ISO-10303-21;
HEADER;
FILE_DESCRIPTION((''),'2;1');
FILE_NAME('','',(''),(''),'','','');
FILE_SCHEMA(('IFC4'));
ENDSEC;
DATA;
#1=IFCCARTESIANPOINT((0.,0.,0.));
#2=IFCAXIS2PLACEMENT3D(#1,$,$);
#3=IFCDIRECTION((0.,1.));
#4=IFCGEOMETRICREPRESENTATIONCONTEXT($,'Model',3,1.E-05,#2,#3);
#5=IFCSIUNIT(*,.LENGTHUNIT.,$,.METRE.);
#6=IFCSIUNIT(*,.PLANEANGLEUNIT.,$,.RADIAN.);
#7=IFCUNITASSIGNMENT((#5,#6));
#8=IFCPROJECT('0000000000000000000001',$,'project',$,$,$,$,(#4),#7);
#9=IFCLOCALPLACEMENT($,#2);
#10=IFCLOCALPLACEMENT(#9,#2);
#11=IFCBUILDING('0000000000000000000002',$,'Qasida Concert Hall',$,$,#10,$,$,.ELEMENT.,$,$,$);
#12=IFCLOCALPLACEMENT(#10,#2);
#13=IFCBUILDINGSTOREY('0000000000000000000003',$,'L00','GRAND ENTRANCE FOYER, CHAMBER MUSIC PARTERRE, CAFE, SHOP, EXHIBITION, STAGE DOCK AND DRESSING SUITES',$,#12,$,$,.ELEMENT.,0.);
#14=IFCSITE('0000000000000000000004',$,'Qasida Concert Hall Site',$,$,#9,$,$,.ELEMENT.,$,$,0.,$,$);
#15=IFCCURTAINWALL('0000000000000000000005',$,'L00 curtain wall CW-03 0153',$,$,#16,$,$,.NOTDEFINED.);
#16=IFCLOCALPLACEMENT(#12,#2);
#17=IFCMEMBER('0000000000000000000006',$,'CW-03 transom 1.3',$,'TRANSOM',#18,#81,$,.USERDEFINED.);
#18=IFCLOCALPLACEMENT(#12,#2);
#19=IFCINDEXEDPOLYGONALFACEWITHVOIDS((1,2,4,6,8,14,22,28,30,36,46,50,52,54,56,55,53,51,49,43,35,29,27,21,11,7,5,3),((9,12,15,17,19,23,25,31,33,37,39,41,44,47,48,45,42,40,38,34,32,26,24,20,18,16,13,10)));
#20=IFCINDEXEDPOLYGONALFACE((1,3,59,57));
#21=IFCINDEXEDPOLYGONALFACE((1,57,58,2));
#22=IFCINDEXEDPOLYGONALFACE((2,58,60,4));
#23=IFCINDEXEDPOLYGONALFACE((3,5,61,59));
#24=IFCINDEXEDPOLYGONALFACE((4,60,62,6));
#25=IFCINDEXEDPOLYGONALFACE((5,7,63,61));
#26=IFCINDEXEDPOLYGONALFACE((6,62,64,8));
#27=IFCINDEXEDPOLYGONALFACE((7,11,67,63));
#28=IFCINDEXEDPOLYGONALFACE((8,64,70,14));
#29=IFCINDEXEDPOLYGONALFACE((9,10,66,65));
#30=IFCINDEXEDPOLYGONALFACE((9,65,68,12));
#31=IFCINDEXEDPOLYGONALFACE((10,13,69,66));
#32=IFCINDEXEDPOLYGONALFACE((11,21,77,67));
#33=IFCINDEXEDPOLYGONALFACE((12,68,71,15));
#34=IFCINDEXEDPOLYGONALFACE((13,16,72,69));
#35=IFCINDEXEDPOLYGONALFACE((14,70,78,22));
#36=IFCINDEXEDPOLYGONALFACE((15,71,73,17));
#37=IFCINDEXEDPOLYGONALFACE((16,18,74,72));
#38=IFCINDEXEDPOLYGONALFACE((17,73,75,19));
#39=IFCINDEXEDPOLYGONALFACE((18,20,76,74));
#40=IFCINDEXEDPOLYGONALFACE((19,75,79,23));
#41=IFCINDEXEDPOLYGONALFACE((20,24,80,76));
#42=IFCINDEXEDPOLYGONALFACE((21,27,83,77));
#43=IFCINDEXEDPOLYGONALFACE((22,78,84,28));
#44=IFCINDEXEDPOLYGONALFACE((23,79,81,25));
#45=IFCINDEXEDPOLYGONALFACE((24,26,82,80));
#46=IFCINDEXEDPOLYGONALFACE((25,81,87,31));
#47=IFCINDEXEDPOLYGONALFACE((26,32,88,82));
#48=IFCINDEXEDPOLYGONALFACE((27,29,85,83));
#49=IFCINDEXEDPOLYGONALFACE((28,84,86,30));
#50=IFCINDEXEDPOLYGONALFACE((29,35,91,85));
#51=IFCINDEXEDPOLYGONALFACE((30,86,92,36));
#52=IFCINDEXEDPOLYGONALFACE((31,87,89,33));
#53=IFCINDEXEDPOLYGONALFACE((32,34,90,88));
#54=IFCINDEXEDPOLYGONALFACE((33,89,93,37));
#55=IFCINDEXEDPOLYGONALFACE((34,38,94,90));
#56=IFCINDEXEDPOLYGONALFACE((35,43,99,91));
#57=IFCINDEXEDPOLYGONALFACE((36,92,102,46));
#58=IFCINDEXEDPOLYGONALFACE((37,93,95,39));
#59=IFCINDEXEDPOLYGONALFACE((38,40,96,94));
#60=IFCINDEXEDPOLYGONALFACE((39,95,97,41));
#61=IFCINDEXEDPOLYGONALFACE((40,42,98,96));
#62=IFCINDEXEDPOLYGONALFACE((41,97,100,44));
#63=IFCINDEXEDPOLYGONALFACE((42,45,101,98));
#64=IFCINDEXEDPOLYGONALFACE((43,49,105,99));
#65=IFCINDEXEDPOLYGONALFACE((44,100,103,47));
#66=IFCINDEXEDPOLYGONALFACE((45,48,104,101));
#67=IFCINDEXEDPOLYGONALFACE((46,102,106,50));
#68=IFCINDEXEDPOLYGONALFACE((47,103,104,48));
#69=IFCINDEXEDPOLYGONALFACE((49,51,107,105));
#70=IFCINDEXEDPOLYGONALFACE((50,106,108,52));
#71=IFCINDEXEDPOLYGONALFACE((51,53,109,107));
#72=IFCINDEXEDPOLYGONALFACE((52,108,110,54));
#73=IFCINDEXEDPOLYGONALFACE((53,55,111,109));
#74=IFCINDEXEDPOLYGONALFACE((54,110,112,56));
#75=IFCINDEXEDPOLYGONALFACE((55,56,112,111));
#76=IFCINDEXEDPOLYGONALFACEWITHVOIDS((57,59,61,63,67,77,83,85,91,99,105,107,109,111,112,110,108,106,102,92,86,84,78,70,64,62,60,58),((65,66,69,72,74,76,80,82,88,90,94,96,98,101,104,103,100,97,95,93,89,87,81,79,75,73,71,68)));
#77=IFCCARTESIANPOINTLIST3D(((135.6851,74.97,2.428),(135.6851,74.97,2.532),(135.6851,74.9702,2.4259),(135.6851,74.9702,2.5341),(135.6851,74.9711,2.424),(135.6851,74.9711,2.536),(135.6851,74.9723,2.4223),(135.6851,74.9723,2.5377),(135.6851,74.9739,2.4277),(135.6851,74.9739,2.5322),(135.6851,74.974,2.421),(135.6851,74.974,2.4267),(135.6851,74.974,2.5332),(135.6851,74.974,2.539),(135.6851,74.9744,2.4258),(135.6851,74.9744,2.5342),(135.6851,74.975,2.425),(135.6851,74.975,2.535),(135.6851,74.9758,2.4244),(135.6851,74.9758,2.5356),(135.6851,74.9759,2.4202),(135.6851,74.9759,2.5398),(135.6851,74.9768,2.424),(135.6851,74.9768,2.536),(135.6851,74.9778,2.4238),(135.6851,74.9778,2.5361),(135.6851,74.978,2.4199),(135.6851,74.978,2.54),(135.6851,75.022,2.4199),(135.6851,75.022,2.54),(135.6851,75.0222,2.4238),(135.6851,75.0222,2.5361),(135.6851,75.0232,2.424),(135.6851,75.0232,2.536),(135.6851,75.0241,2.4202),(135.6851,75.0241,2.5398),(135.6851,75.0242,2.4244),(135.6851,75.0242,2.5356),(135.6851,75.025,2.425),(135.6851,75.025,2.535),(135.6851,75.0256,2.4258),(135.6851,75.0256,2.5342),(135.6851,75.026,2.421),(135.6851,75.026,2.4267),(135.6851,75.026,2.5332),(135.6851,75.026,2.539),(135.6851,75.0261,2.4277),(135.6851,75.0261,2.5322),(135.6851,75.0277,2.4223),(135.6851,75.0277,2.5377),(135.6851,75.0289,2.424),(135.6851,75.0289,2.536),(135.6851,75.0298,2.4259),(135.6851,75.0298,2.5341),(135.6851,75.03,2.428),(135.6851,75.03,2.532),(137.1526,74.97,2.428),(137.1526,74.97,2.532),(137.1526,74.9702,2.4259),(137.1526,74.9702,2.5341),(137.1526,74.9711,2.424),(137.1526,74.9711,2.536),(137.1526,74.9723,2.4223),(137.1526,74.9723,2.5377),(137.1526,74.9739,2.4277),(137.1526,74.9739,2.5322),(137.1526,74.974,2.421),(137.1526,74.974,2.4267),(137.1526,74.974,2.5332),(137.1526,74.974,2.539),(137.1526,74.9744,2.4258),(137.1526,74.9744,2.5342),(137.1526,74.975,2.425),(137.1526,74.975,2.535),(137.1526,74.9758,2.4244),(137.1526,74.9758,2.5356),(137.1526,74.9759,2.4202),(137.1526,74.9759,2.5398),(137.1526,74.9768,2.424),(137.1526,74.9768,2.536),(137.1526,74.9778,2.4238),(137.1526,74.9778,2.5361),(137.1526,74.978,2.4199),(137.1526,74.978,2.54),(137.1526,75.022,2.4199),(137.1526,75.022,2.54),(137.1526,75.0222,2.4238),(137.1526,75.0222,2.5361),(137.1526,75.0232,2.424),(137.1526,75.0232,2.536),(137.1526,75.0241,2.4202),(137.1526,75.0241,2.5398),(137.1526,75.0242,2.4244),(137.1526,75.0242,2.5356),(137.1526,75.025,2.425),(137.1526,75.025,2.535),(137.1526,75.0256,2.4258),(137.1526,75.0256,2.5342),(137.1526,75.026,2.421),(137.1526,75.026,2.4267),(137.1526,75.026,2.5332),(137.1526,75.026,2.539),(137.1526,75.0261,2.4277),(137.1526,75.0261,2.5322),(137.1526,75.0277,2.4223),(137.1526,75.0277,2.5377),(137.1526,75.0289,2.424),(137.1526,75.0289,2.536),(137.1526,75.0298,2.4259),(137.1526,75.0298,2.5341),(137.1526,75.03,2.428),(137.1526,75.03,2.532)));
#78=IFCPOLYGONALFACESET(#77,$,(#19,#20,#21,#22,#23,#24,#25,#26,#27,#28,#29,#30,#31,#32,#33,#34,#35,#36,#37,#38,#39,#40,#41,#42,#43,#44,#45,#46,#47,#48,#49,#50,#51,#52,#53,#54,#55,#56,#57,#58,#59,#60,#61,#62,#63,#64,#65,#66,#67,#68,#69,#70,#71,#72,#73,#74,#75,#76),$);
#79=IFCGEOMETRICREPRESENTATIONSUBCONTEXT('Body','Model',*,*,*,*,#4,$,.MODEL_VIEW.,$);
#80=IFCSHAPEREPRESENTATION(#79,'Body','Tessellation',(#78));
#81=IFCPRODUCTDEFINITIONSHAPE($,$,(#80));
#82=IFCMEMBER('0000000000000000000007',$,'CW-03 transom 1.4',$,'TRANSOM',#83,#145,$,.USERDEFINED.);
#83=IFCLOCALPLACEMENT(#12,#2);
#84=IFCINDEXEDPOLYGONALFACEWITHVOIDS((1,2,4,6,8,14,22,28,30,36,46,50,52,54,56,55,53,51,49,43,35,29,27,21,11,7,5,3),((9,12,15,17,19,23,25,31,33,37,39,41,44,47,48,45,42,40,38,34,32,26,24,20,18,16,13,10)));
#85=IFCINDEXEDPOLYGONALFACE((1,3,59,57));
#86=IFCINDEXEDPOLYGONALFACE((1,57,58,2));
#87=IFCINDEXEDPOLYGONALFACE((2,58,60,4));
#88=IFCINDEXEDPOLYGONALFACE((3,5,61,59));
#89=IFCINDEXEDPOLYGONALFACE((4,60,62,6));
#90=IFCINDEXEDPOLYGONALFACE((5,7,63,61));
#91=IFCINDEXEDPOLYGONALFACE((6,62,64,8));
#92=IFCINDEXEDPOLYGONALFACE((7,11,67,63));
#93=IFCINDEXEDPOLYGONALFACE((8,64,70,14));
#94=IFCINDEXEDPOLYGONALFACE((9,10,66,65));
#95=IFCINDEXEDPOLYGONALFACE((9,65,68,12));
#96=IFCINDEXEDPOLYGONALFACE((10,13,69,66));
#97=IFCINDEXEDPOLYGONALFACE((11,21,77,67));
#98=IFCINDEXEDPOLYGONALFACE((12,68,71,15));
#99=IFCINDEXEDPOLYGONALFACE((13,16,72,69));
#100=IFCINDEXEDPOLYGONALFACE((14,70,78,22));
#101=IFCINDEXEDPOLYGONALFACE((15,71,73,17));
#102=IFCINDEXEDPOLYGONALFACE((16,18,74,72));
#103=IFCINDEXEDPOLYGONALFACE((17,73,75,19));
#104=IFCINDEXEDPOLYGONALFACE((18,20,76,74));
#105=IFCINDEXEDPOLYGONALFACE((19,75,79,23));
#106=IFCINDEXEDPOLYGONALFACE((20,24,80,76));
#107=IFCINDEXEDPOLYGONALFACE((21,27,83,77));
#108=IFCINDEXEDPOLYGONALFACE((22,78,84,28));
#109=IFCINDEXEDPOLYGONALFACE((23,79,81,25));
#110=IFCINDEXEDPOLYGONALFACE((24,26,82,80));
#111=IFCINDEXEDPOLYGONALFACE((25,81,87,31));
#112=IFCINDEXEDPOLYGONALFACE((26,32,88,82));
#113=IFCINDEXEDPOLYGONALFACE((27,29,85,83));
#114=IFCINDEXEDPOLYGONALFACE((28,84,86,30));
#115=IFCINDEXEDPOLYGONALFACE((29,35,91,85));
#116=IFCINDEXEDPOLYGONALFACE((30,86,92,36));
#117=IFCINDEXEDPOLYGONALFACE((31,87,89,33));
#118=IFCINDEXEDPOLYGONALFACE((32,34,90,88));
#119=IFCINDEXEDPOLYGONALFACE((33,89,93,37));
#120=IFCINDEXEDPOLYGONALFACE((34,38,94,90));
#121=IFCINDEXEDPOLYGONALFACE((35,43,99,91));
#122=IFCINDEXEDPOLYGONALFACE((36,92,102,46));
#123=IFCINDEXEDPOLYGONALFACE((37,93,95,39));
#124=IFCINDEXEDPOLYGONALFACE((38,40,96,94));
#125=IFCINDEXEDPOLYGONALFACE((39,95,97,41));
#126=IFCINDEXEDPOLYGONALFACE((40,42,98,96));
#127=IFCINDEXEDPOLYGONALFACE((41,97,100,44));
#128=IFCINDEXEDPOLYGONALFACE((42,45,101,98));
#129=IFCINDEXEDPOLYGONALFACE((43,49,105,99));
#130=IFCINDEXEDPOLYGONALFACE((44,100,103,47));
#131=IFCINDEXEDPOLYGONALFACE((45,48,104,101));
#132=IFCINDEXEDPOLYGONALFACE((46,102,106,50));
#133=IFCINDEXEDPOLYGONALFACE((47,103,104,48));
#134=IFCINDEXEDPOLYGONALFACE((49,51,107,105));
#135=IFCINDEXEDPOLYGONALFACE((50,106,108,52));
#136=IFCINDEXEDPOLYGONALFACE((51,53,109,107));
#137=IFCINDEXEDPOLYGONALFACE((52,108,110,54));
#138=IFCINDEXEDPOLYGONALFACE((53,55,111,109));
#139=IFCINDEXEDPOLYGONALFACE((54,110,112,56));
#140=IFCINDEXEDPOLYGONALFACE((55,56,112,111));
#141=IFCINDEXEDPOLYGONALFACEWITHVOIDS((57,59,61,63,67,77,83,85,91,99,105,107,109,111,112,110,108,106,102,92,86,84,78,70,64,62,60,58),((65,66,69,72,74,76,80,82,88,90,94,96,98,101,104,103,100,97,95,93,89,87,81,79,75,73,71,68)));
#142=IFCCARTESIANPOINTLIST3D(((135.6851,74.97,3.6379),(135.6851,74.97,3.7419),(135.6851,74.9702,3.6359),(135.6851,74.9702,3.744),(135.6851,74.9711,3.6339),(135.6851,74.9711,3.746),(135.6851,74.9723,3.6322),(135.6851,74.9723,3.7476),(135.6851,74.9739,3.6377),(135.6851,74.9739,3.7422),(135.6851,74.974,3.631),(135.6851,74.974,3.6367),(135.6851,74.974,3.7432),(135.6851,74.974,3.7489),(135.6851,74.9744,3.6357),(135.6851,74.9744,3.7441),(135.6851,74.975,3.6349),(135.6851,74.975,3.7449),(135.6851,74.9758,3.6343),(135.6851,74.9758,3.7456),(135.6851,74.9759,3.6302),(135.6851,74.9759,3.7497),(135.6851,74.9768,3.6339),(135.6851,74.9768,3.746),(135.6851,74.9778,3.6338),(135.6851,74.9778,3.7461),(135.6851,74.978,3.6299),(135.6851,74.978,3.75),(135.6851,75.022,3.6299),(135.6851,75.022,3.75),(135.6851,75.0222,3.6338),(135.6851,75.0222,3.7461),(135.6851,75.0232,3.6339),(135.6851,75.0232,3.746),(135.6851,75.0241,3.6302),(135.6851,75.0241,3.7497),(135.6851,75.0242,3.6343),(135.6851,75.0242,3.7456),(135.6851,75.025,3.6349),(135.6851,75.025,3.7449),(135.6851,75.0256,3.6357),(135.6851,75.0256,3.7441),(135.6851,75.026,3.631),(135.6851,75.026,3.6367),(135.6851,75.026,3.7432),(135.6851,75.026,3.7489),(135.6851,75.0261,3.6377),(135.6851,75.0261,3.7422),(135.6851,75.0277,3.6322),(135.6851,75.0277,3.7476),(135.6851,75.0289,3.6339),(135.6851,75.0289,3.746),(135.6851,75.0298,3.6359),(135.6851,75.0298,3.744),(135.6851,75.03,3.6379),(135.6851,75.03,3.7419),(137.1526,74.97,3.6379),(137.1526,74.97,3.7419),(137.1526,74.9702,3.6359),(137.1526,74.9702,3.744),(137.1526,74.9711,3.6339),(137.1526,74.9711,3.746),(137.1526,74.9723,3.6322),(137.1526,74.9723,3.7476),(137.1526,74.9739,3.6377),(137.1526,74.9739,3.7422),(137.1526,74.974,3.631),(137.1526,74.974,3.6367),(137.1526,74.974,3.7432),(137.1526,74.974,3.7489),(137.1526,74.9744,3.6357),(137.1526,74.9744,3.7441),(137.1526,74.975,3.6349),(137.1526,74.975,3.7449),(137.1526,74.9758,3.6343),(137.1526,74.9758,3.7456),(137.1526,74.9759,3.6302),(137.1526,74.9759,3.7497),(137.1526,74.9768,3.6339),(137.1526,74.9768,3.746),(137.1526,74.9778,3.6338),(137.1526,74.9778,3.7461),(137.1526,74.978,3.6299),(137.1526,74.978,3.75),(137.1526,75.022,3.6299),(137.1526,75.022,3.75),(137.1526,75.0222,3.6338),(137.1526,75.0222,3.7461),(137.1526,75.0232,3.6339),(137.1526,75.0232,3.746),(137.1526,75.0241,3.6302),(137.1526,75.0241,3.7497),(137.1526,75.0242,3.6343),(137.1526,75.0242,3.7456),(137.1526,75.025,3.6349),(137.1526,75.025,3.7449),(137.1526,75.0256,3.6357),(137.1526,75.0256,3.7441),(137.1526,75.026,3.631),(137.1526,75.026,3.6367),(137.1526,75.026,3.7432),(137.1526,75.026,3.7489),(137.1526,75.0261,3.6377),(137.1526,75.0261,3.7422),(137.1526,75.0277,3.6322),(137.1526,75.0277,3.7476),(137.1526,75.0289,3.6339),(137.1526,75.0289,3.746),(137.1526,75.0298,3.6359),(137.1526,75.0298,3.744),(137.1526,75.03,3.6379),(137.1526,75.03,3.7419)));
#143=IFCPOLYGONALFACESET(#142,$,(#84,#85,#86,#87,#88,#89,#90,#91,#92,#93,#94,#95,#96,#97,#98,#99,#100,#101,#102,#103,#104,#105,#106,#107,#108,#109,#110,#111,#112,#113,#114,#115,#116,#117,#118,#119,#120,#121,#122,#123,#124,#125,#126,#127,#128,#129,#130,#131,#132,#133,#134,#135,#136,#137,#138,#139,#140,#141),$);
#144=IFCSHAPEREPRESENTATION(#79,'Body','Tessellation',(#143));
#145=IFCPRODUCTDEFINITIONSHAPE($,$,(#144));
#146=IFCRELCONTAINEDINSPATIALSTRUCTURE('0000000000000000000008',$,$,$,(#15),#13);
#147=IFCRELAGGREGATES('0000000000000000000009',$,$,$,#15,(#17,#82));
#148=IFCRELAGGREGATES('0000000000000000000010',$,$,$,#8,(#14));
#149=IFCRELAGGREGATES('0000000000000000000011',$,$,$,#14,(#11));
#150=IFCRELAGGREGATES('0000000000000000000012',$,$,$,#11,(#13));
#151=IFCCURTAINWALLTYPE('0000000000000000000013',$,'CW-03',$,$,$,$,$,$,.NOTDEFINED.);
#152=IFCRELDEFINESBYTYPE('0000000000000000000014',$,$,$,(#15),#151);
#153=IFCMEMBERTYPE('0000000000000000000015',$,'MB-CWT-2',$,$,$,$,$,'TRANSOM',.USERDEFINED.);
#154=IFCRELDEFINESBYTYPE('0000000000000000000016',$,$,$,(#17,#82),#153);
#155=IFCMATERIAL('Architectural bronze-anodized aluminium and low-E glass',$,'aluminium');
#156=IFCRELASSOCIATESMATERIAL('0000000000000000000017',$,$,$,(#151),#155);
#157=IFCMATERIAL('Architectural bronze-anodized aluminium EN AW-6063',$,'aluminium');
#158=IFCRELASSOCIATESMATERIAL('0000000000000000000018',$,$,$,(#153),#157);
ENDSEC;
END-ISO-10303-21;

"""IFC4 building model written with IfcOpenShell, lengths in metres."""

from ifc_helpers import new_model, si_unit, direction, frame, origin, origin_2d, place, context, subcontext, project, spatial, hollow_rectangle, extrude, material, material_profile, profile_set, type_object, element, aggregate, save


model = new_model("IFC4")

# Units and contexts
model_context = context("Model", 3, precision=1e-05, world=origin(), true_north=direction((0.0, 1.0)))
body_context = subcontext(model_context, "Body", "Model", "MODEL_VIEW")
ifc_project = project(units=[si_unit("LENGTHUNIT", "METRE"), si_unit("PLANEANGLEUNIT", "RADIAN")], contexts=[model_context])

# Site, building, storey
site_placement = place(None, origin())
site = spatial("IfcSite", under=ifc_project, at=site_placement, Name="Qasida Concert Hall Site", CompositionType="ELEMENT", RefElevation=0.0)
building_placement = place(site_placement, origin())
building = spatial("IfcBuilding", under=site, at=building_placement, Name="Qasida Concert Hall", CompositionType="ELEMENT")
storey_placement = place(building_placement, origin())
storey = spatial("IfcBuildingStorey", under=building, at=storey_placement, Name="L00", Description="GRAND ENTRANCE FOYER, CHAMBER MUSIC PARTERRE, CAFE, SHOP, EXHIBITION, STAGE DOCK AND DRESSING SUITES", CompositionType="ELEMENT", Elevation=0.0)

# Curtain wall, members
ifc_material_1 = material(Name="Architectural bronze-anodized aluminium and low-E glass", Category="aluminium")
curtain_wall_type = type_object("IfcCurtainWallType", Name="CW-03", PredefinedType="NOTDEFINED", material=ifc_material_1)
curtain_wall_placement = place(storey_placement, origin())
curtain_wall = element("IfcCurtainWall", 1, at=curtain_wall_placement, inside=storey, type_object=curtain_wall_type, Name="L00 curtain wall CW-03 0153", PredefinedType="NOTDEFINED")
ifc_material_2 = material(Name="Architectural bronze-anodized aluminium EN AW-6063", Category="aluminium")
ifc_material_profile_1 = material_profile(ifc_material_2, hollow_rectangle(XDim=0.0601, YDim=0.1201, WallThickness=0.0039, InnerFilletRadius=0.0039, OuterFilletRadius=0.0081, at=origin_2d()), Name="CWT 120x60x4")
ifc_profile_set_1 = profile_set([ifc_material_profile_1], Name="Architectural bronze-anodized aluminium EN AW-6063")
member_type_1 = type_object("IfcMemberType", Name="MB-CWT-2", ElementType="TRANSOM", PredefinedType="USERDEFINED", material=ifc_profile_set_1)
member_1_placement = place(storey_placement, frame((135.6851, 75.0, 2.48), z_axis=(1.0, 0.0, 0.0), x_axis=(0.0, 1.0, 0.0)))
member_1 = element("IfcMember", 2, at=member_1_placement, type_object=member_type_1, Name="CW-03 transom 1.3", ObjectType="TRANSOM", PredefinedType="USERDEFINED", context=body_context, shape_type="SweptSolid", body=[
    extrude(hollow_rectangle(XDim=0.0601, YDim=0.1201, WallThickness=0.0039, InnerFilletRadius=0.0039, OuterFilletRadius=0.0081, at=origin_2d()), origin(), (0.0, 0.0, 1.0), 1.4675),
])
member_2_placement = place(storey_placement, frame((135.6851, 75.0, 3.6899), z_axis=(1.0, 0.0, 0.0), x_axis=(0.0, 1.0, 0.0)))
member_2 = element("IfcMember", 3, at=member_2_placement, type_object=member_type_1, Name="CW-03 transom 1.4", ObjectType="TRANSOM", PredefinedType="USERDEFINED", context=body_context, shape_type="SweptSolid", body=[
    extrude(hollow_rectangle(XDim=0.0601, YDim=0.1201, WallThickness=0.0039, InnerFilletRadius=0.0039, OuterFilletRadius=0.0081, at=origin_2d()), origin(), (0.0, 0.0, 1.0), 1.4675),
])
aggregate(curtain_wall, [member_1, member_2])

save(model, "model.ifc")
